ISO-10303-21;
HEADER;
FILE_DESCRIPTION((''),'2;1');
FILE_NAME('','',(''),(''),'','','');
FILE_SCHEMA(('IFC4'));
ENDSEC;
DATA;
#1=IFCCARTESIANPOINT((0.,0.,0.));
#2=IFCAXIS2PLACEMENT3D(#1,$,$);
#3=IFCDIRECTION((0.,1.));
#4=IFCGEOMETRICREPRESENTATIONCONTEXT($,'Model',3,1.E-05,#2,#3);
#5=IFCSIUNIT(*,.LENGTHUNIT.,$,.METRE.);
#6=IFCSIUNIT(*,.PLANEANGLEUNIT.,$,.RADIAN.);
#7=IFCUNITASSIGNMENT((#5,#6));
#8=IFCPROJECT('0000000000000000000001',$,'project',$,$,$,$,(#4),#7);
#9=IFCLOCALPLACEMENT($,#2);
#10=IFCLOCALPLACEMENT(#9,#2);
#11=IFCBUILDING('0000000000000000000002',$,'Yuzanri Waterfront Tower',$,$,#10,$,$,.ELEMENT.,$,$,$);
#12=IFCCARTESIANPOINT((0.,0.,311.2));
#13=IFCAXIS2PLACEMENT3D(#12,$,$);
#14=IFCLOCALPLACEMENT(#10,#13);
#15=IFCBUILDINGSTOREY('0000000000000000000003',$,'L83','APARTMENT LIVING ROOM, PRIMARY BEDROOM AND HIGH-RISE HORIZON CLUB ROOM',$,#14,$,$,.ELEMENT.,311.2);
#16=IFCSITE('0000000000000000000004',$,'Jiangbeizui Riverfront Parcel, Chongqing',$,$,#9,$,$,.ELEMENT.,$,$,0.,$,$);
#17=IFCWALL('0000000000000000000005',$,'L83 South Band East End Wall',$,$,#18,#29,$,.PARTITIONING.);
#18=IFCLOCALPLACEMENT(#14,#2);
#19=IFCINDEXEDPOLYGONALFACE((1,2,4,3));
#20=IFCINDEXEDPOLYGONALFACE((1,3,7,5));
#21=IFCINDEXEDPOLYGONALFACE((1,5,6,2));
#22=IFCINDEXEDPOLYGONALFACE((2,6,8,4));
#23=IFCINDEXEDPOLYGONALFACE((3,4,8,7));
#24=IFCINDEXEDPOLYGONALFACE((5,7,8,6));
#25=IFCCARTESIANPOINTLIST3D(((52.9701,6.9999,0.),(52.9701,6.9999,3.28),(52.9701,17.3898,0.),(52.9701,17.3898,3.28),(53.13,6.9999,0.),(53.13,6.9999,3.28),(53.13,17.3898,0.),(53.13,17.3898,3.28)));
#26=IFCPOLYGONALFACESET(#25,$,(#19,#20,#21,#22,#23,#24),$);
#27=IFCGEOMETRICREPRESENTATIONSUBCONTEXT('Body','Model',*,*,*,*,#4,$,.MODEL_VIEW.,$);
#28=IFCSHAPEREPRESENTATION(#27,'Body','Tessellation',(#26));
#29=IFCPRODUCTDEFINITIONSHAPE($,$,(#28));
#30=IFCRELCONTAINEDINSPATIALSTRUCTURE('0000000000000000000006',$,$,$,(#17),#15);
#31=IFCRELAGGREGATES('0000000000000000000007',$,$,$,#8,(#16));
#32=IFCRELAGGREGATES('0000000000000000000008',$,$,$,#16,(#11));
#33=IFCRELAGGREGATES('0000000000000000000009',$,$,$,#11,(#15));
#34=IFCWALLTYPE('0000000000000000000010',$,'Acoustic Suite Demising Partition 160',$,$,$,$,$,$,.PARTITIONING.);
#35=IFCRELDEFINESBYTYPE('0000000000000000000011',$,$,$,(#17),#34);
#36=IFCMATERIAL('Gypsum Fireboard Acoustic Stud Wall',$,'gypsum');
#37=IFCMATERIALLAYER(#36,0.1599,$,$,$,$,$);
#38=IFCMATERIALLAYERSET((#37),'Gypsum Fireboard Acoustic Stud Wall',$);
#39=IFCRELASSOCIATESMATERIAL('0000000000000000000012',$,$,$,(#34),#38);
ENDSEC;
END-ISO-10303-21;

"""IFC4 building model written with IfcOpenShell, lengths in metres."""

from ifc_helpers import new_model, si_unit, direction, frame, frame_2d, origin, place, context, subcontext, project, spatial, rectangle, extrude, source, transform, mapped, material, layer, layer_set, type_object, element, save


model = new_model("IFC4")

# Units and contexts
model_context = context("Model", 3, precision=1e-05, world=origin(), true_north=direction((0.0, 1.0)))
body_context = subcontext(model_context, "Body", "Model", "MODEL_VIEW")
ifc_project = project(units=[si_unit("LENGTHUNIT", "METRE"), si_unit("PLANEANGLEUNIT", "RADIAN")], contexts=[model_context])

# Site, building, storey
site_placement = place(None, origin())
site = spatial("IfcSite", under=ifc_project, at=site_placement, Name="Jiangbeizui Riverfront Parcel, Chongqing", CompositionType="ELEMENT", RefElevation=0.0)
building_placement = place(site_placement, origin())
building = spatial("IfcBuilding", under=site, at=building_placement, Name="Yuzanri Waterfront Tower", CompositionType="ELEMENT")
storey_placement = place(building_placement, frame((0.0, 0.0, 311.2)))
storey = spatial("IfcBuildingStorey", under=building, at=storey_placement, Name="L83", Description="APARTMENT LIVING ROOM, PRIMARY BEDROOM AND HIGH-RISE HORIZON CLUB ROOM", CompositionType="ELEMENT", Elevation=311.2)

# Wall
ifc_material_1 = material(Name="Gypsum Fireboard Acoustic Stud Wall", Category="gypsum")
ifc_layer_1 = layer(ifc_material_1, 0.1599)
ifc_layer_set_1 = layer_set([ifc_layer_1], Name="Gypsum Fireboard Acoustic Stud Wall")
wall_type_1 = type_object("IfcWallType", Name="Acoustic Suite Demising Partition 160", PredefinedType="PARTITIONING", material=ifc_layer_set_1)
shared_shape_1 = source(origin(), body_context, "Body", "SweptSolid", [
    extrude(rectangle(XDim=10.3899, YDim=0.1599, at=frame_2d((5.1948, 0.0))), origin(), (0.0, 0.0, 1.0), 3.28),
])
wall_1_placement = place(storey_placement, frame((53.05, 7.0, 0.0), z_axis=(0.0, 0.0, 1.0), x_axis=(0.0, 1.0, 0.0)))
element("IfcWall", 1, at=wall_1_placement, inside=storey, type_object=wall_type_1, Name="L83 South Band East End Wall", PredefinedType="PARTITIONING", context=body_context, shape_type="MappedRepresentation", body=[
    mapped(shared_shape_1, transform((0.0, 0.0, 0.0), scale=1.0)),
])

save(model, "model.ifc")
